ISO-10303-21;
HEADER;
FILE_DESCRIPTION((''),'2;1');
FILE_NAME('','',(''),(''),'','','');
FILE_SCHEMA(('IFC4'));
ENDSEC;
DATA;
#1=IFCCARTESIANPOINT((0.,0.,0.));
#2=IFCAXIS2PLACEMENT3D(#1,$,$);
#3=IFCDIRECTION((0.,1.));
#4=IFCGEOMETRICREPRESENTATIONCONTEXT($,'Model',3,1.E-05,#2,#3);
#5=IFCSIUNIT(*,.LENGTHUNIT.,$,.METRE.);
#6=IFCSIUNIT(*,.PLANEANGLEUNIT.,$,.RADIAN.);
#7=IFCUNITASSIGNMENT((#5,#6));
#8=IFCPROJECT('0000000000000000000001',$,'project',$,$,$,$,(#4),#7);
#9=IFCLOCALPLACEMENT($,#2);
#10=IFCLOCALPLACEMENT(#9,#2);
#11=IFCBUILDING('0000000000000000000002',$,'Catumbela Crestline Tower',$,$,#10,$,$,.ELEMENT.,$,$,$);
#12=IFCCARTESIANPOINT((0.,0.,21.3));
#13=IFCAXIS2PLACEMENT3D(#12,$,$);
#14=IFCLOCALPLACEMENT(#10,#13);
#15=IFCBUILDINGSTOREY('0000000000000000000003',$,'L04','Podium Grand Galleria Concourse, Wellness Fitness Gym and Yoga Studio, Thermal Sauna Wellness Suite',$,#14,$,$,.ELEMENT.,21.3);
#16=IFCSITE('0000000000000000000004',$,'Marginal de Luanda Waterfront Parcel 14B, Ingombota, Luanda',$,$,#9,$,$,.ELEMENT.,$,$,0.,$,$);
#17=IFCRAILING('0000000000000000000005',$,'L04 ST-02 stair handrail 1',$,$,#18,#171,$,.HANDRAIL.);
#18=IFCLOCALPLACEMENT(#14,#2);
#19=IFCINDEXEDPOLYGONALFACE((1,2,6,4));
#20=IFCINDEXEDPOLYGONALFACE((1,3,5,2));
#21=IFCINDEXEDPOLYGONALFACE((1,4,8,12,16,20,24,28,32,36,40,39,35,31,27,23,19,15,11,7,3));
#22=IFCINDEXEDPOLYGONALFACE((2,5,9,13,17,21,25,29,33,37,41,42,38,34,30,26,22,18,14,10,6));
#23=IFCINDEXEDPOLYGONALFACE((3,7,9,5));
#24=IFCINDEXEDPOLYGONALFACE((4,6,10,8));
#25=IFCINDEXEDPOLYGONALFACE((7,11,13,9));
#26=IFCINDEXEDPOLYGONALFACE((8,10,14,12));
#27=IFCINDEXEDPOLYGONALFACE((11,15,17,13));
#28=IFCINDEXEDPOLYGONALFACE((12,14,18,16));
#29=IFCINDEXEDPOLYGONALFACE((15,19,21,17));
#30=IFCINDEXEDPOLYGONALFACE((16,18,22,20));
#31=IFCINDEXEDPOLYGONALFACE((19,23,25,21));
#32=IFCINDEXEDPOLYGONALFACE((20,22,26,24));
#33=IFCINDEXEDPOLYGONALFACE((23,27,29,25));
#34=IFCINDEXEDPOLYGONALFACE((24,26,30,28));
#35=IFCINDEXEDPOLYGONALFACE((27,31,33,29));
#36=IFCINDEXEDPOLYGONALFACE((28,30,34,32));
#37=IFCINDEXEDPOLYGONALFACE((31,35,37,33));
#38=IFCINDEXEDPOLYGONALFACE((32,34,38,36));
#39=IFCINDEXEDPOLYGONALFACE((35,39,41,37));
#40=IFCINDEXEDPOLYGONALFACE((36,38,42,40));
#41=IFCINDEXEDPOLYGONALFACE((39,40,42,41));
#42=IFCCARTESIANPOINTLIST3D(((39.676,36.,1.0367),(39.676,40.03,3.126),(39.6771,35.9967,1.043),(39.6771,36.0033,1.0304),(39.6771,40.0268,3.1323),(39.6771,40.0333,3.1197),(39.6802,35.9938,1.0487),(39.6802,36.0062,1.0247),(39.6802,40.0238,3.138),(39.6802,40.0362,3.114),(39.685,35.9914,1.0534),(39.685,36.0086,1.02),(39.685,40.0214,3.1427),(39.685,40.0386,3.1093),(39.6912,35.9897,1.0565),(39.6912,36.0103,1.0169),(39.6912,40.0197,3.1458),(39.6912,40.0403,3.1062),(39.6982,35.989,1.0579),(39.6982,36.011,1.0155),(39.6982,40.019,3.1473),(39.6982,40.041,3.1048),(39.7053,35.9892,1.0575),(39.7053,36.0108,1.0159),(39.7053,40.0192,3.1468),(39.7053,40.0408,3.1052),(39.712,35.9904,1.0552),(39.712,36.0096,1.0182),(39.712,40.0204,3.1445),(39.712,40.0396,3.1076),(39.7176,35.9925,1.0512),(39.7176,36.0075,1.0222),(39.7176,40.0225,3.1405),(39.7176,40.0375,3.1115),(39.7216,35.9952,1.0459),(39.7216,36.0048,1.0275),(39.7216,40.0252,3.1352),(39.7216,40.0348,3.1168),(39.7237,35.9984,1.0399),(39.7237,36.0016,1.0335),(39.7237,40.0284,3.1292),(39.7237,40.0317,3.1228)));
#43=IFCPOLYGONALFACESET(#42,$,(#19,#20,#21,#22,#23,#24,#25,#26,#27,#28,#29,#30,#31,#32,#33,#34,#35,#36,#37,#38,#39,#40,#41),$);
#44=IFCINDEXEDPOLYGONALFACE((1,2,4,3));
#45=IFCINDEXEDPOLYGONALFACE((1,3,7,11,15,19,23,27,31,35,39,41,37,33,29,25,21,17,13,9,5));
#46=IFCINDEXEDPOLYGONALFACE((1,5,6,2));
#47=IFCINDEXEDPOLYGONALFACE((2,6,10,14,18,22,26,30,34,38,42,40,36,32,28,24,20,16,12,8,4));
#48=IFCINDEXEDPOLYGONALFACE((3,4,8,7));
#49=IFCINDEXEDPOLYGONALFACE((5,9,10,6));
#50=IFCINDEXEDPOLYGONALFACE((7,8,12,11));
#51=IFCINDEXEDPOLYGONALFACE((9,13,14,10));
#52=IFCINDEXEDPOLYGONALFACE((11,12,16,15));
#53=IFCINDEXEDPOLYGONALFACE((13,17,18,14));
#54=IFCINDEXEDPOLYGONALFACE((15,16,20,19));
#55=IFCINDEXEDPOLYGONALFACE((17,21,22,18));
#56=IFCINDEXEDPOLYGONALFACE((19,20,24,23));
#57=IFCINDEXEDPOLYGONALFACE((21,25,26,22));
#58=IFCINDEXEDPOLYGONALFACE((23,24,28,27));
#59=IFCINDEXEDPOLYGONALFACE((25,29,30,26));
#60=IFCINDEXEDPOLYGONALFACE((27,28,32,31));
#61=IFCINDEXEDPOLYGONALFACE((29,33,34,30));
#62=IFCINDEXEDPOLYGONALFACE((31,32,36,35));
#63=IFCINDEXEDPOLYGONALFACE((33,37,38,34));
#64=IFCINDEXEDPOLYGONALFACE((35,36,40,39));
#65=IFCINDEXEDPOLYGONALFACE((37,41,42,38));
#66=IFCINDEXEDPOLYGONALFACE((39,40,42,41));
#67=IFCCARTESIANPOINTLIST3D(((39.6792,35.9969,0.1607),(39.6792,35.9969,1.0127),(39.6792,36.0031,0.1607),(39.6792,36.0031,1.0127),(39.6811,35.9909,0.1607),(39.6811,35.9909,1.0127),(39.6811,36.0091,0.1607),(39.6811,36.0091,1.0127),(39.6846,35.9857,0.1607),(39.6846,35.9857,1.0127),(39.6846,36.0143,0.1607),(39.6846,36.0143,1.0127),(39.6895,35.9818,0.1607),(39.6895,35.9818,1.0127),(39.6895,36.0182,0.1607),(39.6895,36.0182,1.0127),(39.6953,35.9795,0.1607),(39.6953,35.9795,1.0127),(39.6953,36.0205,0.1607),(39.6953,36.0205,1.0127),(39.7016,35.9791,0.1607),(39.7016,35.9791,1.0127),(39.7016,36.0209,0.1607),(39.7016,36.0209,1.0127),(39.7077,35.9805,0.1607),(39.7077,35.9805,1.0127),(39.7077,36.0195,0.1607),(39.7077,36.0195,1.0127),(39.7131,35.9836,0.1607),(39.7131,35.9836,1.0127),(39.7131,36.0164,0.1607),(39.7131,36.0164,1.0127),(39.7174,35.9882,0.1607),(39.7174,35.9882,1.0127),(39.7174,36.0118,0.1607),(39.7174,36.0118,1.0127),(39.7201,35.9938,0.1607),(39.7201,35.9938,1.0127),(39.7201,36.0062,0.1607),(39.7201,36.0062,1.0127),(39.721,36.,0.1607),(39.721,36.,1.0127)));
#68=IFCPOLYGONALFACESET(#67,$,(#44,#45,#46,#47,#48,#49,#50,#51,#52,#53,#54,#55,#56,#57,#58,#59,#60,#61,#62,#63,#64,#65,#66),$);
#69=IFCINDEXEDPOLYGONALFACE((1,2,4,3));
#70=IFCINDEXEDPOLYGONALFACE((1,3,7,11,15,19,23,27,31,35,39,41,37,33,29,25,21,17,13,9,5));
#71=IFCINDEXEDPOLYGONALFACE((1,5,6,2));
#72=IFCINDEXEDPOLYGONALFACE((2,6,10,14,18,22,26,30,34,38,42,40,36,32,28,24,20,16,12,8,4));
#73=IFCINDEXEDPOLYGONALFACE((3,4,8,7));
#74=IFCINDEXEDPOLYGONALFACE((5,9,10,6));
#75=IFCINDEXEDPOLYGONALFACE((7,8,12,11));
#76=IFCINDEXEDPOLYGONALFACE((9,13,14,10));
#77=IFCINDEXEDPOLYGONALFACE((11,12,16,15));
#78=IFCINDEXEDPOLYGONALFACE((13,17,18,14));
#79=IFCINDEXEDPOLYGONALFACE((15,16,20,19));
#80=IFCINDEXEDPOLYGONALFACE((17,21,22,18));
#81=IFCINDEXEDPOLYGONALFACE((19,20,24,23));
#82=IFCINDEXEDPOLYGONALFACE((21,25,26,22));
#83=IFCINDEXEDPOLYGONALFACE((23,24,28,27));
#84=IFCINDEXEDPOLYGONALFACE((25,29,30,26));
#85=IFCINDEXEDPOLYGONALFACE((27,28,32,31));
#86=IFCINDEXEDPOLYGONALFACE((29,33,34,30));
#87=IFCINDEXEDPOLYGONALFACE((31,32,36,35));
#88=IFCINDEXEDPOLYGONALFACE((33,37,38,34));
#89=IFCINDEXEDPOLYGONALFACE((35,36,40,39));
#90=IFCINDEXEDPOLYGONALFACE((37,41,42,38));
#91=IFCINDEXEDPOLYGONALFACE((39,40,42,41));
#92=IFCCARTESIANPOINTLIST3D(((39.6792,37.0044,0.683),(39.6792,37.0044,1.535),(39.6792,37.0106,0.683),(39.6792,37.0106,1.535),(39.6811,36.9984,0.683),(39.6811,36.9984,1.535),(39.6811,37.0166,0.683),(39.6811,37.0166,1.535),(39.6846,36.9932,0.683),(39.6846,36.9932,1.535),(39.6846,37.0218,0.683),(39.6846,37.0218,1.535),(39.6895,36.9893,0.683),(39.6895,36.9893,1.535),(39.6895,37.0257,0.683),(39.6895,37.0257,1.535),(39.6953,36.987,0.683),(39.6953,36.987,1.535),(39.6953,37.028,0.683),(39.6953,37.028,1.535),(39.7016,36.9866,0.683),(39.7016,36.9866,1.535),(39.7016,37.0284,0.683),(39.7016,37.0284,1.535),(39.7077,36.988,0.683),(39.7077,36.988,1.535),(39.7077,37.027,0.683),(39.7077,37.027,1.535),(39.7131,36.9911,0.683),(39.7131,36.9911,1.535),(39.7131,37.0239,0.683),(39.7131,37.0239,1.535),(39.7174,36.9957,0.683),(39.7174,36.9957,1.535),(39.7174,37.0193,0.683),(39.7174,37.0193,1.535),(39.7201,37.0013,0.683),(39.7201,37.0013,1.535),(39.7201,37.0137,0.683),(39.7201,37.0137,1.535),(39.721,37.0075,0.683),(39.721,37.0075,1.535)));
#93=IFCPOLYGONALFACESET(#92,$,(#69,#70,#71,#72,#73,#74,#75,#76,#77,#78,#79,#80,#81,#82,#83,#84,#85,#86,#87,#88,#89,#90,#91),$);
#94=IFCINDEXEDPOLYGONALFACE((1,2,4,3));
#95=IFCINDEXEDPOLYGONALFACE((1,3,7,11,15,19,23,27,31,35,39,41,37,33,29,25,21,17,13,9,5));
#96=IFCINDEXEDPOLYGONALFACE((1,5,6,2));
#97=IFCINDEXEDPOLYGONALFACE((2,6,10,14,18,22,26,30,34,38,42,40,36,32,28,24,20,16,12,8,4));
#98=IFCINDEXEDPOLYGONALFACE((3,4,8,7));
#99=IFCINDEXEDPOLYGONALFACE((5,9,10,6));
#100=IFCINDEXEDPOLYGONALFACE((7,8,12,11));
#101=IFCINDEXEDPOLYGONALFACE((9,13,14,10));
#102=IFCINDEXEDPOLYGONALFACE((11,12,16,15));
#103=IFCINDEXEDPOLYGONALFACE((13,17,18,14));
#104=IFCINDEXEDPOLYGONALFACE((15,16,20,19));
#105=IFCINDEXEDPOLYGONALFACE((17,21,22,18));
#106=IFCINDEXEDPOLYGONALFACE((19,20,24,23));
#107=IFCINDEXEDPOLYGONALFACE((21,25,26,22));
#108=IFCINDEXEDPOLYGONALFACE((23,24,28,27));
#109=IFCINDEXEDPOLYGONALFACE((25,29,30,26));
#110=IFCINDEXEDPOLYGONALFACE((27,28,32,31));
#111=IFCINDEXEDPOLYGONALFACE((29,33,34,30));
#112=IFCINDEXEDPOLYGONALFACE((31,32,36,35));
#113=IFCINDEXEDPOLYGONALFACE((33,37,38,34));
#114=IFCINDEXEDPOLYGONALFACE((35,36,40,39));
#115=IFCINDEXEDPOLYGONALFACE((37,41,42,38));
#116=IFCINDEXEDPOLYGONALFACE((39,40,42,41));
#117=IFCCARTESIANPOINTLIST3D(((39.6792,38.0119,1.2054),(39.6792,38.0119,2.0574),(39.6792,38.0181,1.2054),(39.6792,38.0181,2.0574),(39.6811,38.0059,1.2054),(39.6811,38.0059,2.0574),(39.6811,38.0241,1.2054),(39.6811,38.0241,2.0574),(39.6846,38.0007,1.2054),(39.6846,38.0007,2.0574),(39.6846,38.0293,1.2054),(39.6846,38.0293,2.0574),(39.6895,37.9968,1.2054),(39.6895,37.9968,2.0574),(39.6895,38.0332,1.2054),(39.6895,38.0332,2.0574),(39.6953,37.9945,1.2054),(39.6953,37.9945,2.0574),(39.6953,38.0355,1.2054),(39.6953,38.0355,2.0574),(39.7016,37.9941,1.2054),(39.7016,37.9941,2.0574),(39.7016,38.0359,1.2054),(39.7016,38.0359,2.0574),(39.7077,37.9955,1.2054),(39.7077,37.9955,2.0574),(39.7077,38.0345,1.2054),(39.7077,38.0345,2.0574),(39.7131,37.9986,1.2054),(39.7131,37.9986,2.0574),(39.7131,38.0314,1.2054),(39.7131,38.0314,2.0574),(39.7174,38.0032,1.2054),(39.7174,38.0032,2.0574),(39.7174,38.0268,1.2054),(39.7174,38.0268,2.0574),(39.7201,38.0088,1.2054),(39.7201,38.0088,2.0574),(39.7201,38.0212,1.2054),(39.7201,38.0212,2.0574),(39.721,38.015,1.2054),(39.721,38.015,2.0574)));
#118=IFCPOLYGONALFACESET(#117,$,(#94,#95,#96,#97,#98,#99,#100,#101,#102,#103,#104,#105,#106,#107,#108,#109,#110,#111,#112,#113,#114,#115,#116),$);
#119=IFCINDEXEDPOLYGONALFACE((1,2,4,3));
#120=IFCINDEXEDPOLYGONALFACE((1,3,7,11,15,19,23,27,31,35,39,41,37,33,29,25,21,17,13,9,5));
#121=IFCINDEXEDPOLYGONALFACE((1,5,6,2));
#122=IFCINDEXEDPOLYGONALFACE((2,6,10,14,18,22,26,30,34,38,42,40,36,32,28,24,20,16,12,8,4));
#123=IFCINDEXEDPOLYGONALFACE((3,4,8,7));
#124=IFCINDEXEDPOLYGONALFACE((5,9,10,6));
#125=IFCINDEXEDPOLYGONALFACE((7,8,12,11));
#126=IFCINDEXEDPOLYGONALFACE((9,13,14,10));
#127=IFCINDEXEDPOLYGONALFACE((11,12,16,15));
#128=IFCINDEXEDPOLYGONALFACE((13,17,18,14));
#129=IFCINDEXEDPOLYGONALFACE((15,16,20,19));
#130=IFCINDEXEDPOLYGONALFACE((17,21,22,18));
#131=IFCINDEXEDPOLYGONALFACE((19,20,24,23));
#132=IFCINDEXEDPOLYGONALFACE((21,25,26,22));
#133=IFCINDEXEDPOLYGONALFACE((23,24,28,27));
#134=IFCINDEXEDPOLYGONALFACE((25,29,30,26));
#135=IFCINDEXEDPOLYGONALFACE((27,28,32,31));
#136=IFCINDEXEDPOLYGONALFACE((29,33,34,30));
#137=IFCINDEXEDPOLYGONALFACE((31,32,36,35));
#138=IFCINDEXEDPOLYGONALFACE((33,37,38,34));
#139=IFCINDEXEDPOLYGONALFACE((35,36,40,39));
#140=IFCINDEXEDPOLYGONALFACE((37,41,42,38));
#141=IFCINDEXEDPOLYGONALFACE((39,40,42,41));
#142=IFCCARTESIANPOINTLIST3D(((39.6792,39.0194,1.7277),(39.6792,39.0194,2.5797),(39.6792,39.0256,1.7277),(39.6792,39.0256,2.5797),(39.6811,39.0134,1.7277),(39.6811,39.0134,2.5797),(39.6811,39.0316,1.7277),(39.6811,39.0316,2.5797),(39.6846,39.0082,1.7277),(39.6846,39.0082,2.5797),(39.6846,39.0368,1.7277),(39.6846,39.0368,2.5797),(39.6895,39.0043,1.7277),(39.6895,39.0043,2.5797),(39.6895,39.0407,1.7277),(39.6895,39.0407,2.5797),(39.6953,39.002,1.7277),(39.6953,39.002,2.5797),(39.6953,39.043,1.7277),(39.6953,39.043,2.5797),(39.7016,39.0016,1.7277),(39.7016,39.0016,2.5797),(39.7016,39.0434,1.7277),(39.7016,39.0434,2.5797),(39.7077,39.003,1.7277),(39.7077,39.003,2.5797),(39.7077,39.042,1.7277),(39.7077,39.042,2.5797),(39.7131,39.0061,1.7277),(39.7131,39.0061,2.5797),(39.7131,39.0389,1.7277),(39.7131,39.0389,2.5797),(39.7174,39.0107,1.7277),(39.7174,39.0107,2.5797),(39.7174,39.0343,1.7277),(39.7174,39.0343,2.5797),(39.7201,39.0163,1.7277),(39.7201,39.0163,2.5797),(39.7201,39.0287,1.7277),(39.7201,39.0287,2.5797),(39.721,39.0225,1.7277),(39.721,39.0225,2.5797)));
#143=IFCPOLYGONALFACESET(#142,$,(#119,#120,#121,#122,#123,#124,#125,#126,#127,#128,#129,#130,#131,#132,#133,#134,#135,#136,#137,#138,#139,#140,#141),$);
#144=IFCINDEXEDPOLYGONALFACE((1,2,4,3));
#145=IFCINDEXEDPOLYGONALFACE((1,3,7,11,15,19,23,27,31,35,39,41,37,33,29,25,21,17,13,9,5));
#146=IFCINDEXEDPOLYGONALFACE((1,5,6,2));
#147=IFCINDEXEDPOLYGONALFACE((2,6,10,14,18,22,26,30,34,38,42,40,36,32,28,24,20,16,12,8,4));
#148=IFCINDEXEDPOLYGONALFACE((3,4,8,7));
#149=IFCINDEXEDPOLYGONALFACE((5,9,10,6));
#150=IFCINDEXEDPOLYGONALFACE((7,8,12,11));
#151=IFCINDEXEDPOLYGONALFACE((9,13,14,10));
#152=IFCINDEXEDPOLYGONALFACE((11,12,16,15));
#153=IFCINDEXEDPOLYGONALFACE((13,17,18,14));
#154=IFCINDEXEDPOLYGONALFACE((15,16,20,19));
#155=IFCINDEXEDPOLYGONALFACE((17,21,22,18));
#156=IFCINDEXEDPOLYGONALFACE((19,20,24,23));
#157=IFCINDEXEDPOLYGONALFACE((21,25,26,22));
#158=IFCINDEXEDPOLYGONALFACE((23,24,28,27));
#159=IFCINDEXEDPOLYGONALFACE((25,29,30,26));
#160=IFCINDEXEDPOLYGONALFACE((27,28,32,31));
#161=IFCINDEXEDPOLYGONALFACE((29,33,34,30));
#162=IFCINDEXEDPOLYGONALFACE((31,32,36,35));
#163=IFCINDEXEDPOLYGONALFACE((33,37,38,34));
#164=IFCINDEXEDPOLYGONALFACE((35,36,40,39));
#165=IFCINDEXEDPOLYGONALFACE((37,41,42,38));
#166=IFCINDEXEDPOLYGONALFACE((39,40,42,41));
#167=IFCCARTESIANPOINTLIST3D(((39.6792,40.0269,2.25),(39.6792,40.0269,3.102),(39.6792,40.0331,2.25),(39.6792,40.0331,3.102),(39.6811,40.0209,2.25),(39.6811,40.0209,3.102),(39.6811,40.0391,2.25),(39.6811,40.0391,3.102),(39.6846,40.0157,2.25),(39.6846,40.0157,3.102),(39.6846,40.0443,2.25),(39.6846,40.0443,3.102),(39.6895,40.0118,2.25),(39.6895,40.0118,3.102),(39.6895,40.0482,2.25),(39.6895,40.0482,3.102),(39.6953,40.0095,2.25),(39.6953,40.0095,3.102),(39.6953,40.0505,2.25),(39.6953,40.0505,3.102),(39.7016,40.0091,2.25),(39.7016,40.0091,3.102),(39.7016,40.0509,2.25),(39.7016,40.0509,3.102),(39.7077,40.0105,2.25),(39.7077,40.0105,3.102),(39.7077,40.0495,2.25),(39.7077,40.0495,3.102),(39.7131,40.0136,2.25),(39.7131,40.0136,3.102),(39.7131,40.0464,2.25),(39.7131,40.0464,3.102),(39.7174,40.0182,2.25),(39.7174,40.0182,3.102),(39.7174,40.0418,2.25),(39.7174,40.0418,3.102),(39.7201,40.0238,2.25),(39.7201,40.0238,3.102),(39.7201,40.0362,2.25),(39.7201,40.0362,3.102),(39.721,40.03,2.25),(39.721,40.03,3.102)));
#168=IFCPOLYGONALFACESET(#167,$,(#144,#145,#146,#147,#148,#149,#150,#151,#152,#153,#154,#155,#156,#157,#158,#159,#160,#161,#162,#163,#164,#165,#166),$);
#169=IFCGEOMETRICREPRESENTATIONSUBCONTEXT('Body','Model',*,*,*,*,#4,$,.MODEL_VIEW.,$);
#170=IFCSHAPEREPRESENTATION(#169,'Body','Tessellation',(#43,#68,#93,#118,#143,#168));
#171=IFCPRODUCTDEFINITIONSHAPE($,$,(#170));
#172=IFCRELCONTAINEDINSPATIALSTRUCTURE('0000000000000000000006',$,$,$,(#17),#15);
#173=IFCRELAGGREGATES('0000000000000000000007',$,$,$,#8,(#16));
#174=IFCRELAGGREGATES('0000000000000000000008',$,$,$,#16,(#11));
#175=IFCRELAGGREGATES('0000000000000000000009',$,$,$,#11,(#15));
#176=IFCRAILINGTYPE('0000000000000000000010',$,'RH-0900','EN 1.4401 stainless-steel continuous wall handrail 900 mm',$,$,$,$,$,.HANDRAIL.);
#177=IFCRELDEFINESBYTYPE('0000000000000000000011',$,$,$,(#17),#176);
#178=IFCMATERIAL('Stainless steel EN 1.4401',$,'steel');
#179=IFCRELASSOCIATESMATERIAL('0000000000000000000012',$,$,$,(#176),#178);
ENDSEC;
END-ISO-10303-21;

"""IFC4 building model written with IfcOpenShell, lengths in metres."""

from ifc_helpers import new_model, si_unit, direction, frame, origin, origin_2d, place, context, subcontext, project, spatial, circle, extrude, material, type_object, element, save


model = new_model("IFC4")

# Units and contexts
model_context = context("Model", 3, precision=1e-05, world=origin(), true_north=direction((0.0, 1.0)))
body_context = subcontext(model_context, "Body", "Model", "MODEL_VIEW")
ifc_project = project(units=[si_unit("LENGTHUNIT", "METRE"), si_unit("PLANEANGLEUNIT", "RADIAN")], contexts=[model_context])

# Site, building, storey
site_placement = place(None, origin())
site = spatial("IfcSite", under=ifc_project, at=site_placement, Name="Marginal de Luanda Waterfront Parcel 14B, Ingombota, Luanda", CompositionType="ELEMENT", RefElevation=0.0)
building_placement = place(site_placement, origin())
building = spatial("IfcBuilding", under=site, at=building_placement, Name="Catumbela Crestline Tower", CompositionType="ELEMENT")
storey_placement = place(building_placement, frame((0.0, 0.0, 21.3)))
storey = spatial("IfcBuildingStorey", under=building, at=storey_placement, Name="L04", Description="Podium Grand Galleria Concourse, Wellness Fitness Gym and Yoga Studio, Thermal Sauna Wellness Suite", CompositionType="ELEMENT", Elevation=21.3)

# Shared definitions
ifc_material_1 = material(Name="Stainless steel EN 1.4401", Category="steel")

# Railing
railing_type_1 = type_object("IfcRailingType", Name="RH-0900", Description="EN 1.4401 stainless-steel continuous wall handrail 900 mm", PredefinedType="HANDRAIL", material=ifc_material_1)
railing_1_placement = place(storey_placement, frame((39.7, 36.0, 0.1607)))
element("IfcRailing", 1, at=railing_1_placement, inside=storey, type_object=railing_type_1, Name="L04 ST-02 stair handrail 1", PredefinedType="HANDRAIL", context=body_context, shape_type="SweptSolid", body=[
    extrude(circle(Radius=0.024, at=origin_2d()), frame((0.0, 0.0, 0.876), z_axis=(0.0, 0.887784, 0.46026), x_axis=(-1.0, 0.0, 0.0)), (0.0, 0.0, 1.0), 4.5394),
    extrude(circle(Radius=0.021, at=origin_2d()), origin(), (0.0, 0.0, 1.0), 0.852),
    extrude(circle(Radius=0.021, at=origin_2d()), frame((0.0, 1.0075, 0.5223)), (0.0, 0.0, 1.0), 0.852),
    extrude(circle(Radius=0.021, at=origin_2d()), frame((0.0, 2.015, 1.0447)), (0.0, 0.0, 1.0), 0.852),
    extrude(circle(Radius=0.021, at=origin_2d()), frame((0.0, 3.0225, 1.567)), (0.0, 0.0, 1.0), 0.852),
    extrude(circle(Radius=0.021, at=origin_2d()), frame((0.0, 4.03, 2.0893)), (0.0, 0.0, 1.0), 0.852),
])

save(model, "model.ifc")
